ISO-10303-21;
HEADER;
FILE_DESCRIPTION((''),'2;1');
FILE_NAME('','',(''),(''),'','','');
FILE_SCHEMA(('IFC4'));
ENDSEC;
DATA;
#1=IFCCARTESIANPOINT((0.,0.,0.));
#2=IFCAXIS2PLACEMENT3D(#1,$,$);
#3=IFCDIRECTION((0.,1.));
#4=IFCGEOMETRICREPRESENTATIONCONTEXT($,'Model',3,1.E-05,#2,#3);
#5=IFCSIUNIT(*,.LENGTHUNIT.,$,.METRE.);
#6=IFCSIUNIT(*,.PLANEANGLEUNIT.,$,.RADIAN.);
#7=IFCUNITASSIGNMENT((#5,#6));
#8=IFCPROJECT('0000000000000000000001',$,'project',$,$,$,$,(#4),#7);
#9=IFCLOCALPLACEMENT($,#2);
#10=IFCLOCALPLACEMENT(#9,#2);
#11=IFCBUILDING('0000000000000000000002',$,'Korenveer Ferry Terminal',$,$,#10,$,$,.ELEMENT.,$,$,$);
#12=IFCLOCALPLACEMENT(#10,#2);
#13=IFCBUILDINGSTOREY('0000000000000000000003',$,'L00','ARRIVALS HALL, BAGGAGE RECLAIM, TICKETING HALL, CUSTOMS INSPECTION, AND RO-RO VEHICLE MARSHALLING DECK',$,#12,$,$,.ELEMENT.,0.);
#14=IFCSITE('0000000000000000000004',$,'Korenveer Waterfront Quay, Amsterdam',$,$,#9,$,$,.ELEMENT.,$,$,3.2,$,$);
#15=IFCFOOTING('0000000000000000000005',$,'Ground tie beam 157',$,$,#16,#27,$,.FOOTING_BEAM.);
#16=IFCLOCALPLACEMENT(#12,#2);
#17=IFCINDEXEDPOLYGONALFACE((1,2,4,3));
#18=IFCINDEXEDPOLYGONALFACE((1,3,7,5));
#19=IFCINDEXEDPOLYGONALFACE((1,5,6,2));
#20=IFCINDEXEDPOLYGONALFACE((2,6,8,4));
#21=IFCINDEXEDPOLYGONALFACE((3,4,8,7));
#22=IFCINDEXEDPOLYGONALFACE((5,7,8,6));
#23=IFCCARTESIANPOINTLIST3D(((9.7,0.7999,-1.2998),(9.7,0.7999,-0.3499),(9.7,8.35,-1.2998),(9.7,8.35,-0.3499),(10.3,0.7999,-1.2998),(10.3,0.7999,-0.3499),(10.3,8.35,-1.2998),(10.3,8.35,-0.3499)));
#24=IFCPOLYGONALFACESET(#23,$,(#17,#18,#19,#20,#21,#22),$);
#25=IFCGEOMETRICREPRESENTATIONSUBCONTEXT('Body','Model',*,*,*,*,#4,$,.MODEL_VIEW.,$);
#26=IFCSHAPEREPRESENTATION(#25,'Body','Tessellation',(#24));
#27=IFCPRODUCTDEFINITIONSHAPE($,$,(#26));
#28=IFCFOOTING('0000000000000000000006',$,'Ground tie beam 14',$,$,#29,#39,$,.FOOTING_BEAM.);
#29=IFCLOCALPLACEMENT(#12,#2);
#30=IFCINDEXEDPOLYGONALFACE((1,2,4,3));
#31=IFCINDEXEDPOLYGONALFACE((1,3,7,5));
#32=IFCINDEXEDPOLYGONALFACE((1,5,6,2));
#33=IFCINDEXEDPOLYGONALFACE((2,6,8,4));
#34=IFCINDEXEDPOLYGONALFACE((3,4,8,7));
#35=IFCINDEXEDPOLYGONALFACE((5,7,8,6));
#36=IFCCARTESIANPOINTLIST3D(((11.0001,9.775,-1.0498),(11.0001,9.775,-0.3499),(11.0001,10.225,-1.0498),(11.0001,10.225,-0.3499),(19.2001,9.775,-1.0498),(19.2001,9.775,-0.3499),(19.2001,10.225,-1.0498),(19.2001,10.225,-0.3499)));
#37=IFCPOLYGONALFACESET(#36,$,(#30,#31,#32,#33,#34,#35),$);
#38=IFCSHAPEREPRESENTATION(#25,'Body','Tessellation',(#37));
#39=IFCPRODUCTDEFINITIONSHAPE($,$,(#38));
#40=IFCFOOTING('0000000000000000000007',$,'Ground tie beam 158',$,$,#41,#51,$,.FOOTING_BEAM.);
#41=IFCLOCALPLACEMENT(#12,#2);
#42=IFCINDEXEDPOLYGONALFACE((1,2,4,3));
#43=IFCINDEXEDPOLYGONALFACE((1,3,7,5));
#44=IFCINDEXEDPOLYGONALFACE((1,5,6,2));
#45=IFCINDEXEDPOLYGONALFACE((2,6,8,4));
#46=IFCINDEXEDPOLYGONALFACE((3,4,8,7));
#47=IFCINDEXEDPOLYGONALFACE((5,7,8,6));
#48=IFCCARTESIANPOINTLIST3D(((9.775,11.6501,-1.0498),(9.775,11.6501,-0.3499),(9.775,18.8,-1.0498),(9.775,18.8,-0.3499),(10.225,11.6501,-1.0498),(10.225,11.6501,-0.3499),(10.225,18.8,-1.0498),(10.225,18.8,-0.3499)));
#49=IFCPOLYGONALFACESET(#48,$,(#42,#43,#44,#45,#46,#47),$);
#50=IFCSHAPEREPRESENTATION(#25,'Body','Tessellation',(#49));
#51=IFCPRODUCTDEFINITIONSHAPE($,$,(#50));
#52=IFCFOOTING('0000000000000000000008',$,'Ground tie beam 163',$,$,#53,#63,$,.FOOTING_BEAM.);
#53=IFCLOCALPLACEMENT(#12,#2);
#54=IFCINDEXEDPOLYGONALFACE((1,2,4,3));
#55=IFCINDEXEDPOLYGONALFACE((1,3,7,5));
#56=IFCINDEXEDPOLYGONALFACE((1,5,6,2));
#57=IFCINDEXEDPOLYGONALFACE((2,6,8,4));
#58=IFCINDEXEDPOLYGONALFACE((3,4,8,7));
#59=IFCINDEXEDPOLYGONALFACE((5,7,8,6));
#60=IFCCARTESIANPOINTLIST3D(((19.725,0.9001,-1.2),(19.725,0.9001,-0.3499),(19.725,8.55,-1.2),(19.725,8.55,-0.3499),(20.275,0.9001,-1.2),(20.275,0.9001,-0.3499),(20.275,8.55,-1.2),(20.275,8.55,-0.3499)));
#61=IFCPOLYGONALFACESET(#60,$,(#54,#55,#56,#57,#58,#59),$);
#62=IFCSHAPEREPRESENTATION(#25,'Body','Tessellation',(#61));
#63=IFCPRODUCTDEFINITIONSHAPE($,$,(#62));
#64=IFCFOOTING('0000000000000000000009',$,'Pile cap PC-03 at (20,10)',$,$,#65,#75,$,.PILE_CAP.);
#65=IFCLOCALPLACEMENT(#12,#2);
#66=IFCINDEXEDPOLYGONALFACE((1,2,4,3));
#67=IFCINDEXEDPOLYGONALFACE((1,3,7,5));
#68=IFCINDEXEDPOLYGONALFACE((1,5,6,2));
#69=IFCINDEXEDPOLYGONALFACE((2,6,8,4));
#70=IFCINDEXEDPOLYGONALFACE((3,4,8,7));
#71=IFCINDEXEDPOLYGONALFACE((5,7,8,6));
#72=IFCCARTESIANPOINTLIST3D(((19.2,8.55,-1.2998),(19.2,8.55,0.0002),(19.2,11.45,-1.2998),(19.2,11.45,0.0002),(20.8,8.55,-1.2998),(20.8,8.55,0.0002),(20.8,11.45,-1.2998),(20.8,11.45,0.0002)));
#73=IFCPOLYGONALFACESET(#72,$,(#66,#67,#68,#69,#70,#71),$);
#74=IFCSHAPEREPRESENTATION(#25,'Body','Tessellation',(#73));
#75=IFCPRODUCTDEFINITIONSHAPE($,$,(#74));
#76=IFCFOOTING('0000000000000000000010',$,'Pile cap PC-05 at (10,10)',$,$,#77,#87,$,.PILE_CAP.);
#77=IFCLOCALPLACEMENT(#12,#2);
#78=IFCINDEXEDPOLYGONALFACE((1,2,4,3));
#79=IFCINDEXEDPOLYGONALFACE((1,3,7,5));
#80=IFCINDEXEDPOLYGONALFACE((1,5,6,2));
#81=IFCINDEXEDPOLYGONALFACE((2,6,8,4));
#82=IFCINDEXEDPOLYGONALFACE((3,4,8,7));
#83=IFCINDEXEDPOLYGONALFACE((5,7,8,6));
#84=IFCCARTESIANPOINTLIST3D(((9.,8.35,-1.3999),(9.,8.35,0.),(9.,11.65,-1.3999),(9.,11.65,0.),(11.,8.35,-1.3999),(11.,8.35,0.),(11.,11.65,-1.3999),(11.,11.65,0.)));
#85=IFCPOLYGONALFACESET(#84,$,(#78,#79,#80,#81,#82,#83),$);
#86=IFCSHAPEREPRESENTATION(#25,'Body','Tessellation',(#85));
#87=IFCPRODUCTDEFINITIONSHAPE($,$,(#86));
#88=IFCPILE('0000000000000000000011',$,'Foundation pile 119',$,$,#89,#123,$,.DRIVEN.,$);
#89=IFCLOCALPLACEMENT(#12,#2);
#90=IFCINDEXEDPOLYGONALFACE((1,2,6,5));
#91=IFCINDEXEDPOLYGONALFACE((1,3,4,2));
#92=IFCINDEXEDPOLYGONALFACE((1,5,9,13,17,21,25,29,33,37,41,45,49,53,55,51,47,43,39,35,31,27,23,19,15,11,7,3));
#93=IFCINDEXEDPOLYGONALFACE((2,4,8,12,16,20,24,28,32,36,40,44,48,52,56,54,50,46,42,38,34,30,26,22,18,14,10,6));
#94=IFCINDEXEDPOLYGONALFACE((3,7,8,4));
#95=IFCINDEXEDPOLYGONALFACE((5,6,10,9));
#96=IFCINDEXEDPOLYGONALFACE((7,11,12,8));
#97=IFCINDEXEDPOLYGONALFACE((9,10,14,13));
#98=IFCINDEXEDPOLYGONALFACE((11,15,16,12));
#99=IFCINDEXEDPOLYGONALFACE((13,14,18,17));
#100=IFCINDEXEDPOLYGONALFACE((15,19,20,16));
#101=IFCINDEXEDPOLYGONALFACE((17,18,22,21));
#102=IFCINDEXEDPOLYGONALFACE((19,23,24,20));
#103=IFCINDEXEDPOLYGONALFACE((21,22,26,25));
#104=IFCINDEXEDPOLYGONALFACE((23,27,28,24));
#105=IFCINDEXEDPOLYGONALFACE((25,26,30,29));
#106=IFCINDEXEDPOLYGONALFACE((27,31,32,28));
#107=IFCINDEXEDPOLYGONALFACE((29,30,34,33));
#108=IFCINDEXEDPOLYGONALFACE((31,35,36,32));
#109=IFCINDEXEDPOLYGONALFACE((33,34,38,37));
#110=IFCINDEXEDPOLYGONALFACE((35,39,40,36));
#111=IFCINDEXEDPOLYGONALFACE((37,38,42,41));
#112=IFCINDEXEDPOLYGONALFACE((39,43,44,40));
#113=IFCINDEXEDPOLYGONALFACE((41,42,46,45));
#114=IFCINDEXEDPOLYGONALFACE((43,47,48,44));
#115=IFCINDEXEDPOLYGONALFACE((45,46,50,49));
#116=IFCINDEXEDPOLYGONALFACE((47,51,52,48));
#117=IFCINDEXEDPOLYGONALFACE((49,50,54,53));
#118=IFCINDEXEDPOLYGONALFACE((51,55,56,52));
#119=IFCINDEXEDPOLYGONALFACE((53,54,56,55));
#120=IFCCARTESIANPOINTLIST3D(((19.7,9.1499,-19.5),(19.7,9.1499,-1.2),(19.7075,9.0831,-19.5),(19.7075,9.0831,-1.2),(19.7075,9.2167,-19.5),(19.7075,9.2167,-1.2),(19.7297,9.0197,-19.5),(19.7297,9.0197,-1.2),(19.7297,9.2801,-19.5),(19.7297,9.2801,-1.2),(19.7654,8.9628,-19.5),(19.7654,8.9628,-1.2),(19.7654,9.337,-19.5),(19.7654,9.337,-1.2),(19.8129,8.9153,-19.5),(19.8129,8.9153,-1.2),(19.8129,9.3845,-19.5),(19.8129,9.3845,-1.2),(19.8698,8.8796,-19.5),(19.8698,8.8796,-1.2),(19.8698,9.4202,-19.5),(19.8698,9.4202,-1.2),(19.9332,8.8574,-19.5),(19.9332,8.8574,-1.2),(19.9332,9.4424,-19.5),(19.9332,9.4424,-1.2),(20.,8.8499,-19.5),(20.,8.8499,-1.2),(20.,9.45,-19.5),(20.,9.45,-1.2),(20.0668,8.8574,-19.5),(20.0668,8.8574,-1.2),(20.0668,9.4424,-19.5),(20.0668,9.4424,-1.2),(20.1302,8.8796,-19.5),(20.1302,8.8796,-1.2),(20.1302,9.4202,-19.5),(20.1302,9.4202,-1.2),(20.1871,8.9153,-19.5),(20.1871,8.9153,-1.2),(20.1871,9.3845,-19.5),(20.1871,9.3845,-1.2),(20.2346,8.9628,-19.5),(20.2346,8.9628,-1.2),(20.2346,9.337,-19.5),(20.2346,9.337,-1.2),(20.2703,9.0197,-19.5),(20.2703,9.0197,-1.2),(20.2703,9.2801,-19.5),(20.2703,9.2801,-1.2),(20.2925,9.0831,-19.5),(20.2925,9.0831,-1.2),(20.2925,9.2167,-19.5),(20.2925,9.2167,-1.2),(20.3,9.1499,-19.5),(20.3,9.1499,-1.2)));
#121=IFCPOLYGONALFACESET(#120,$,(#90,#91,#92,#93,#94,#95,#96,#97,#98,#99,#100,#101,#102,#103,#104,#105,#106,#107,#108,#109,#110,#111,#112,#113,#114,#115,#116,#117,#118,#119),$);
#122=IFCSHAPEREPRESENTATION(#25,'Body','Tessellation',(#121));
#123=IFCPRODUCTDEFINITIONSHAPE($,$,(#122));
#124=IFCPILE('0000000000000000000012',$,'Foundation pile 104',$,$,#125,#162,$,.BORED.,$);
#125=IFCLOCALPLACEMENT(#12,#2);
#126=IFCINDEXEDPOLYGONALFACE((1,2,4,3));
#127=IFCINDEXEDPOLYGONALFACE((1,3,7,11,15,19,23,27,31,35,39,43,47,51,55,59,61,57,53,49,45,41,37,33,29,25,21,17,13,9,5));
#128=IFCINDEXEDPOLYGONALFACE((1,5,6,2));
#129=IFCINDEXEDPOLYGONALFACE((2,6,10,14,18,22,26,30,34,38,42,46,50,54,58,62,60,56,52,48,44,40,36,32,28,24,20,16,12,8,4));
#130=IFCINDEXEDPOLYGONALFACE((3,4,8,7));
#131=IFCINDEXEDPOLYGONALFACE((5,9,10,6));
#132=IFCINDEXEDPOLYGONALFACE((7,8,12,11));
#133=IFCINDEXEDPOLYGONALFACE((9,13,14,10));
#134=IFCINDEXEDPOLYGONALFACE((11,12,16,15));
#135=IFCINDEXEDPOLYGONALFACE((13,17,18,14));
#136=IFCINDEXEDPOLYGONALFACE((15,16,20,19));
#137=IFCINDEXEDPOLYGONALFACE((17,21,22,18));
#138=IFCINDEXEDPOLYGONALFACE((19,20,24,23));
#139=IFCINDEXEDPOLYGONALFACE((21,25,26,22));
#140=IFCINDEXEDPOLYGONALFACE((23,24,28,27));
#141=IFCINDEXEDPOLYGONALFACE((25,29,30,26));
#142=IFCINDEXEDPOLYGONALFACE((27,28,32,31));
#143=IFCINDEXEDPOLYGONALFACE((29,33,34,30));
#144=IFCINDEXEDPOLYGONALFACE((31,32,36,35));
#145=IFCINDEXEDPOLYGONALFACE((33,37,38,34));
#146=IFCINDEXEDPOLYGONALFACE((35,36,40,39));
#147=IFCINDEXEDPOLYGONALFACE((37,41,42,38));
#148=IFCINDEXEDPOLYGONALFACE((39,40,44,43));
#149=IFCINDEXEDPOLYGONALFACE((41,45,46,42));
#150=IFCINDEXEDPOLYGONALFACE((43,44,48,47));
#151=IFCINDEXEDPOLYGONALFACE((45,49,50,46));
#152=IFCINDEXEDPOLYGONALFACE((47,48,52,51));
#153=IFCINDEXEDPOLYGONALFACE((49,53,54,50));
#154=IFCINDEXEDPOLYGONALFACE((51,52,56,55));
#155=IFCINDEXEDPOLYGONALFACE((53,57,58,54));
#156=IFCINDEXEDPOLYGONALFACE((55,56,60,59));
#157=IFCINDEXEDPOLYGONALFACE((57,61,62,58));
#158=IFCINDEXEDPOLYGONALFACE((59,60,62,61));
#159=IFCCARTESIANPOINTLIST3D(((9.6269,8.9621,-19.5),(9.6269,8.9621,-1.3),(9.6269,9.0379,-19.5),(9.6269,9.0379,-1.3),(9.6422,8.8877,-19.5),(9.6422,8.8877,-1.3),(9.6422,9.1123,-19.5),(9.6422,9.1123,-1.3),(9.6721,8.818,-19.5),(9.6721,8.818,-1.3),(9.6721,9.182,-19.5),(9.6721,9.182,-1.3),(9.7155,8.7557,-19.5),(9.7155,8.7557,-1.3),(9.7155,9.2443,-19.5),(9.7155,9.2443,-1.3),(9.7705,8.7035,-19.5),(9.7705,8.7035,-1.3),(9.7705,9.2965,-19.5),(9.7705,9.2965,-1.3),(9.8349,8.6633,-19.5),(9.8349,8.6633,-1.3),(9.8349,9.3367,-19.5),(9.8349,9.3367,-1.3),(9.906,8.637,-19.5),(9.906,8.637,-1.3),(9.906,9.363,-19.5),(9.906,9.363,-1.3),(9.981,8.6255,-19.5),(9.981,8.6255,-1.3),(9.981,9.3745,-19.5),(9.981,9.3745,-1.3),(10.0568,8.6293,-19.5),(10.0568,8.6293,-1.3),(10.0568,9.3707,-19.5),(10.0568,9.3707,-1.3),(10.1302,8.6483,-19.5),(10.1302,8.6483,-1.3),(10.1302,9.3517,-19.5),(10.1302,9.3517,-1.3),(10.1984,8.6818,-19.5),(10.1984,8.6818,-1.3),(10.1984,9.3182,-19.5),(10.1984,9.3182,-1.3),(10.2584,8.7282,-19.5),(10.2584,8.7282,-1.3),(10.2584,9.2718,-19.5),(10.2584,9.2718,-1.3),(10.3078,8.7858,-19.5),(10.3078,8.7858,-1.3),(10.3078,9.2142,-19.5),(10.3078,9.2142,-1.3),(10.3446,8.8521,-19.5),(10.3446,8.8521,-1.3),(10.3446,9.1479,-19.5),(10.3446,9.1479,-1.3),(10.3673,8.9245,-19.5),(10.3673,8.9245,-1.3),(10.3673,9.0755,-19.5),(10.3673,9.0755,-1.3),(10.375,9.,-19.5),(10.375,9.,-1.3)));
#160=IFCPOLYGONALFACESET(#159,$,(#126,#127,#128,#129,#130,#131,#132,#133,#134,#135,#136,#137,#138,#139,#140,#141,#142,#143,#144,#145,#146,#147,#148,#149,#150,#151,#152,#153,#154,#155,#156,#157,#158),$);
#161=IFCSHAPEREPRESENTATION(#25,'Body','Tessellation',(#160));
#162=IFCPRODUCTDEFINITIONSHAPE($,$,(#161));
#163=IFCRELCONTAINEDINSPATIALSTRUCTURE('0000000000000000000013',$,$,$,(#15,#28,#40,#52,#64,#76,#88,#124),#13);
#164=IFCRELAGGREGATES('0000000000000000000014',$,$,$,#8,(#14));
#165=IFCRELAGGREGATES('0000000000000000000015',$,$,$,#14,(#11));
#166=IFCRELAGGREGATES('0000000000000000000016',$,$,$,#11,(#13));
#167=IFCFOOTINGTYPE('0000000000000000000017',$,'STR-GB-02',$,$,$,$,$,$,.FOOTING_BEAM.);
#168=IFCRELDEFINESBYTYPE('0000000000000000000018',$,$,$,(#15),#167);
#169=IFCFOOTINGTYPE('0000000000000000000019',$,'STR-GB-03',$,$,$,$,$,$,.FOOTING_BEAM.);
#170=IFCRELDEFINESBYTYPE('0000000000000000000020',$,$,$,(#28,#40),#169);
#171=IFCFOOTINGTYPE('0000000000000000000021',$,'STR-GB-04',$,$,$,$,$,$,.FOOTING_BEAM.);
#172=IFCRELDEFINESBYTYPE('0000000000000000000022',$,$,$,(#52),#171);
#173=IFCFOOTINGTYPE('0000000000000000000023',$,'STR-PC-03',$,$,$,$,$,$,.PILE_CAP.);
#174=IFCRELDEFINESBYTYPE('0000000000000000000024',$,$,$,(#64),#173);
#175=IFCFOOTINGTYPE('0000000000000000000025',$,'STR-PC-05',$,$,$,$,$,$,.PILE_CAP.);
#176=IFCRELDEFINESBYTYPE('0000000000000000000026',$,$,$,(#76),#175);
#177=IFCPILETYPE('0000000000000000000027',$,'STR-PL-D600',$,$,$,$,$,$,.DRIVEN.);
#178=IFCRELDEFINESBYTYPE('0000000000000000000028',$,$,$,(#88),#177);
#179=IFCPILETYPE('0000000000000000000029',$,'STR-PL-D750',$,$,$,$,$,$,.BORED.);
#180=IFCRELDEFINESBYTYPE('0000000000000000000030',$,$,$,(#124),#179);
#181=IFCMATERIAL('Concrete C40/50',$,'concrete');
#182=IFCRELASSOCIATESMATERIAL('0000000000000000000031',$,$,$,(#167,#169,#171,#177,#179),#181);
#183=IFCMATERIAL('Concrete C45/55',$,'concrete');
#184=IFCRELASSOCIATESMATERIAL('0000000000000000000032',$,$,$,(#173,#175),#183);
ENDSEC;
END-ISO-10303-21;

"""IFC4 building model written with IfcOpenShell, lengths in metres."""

from ifc_helpers import new_model, si_unit, direction, frame, origin, origin_2d, place, context, subcontext, project, spatial, rectangle, circle, extrude, material, material_profile, profile_set, type_object, element, save


model = new_model("IFC4")

# Units and contexts
model_context = context("Model", 3, precision=1e-05, world=origin(), true_north=direction((0.0, 1.0)))
body_context = subcontext(model_context, "Body", "Model", "MODEL_VIEW")
ifc_project = project(units=[si_unit("LENGTHUNIT", "METRE"), si_unit("PLANEANGLEUNIT", "RADIAN")], contexts=[model_context])

# Site, building, storey
site_placement = place(None, origin())
site = spatial("IfcSite", under=ifc_project, at=site_placement, Name="Korenveer Waterfront Quay, Amsterdam", CompositionType="ELEMENT", RefElevation=3.2)
building_placement = place(site_placement, origin())
building = spatial("IfcBuilding", under=site, at=building_placement, Name="Korenveer Ferry Terminal", CompositionType="ELEMENT")
storey_placement = place(building_placement, origin())
storey = spatial("IfcBuildingStorey", under=building, at=storey_placement, Name="L00", Description="ARRIVALS HALL, BAGGAGE RECLAIM, TICKETING HALL, CUSTOMS INSPECTION, AND RO-RO VEHICLE MARSHALLING DECK", CompositionType="ELEMENT", Elevation=0.0)

# Footings
ifc_material_1 = material(Name="Concrete C40/50", Category="concrete")
footing_type_1 = type_object("IfcFootingType", Name="STR-GB-02", PredefinedType="FOOTING_BEAM", material=ifc_material_1)
footing_1_placement = place(storey_placement, frame((10.0, 4.575, -1.2998), z_axis=(0.0, 0.0, 1.0), x_axis=(1.0, 0.0, 0.0)))
element("IfcFooting", 1, at=footing_1_placement, inside=storey, type_object=footing_type_1, Name="Ground tie beam 157", PredefinedType="FOOTING_BEAM", context=body_context, shape_type="SweptSolid", body=[
    extrude(rectangle(XDim=0.6001, YDim=7.55, at=origin_2d()), origin(), (0.0, 0.0, 1.0), 0.95),
])
footing_type_2 = type_object("IfcFootingType", Name="STR-GB-03", PredefinedType="FOOTING_BEAM", material=ifc_material_1)
footing_2_placement = place(storey_placement, frame((15.1001, 10.0, -1.0498), z_axis=(0.0, 0.0, 1.0), x_axis=(1.0, 0.0, 0.0)))
element("IfcFooting", 2, at=footing_2_placement, inside=storey, type_object=footing_type_2, Name="Ground tie beam 14", PredefinedType="FOOTING_BEAM", context=body_context, shape_type="SweptSolid", body=[
    extrude(rectangle(XDim=8.2, YDim=0.45, at=origin_2d()), origin(), (0.0, 0.0, 1.0), 0.7),
])
footing_3_placement = place(storey_placement, frame((10.0, 15.2251, -1.0498), z_axis=(0.0, 0.0, 1.0), x_axis=(1.0, 0.0, 0.0)))
element("IfcFooting", 3, at=footing_3_placement, inside=storey, type_object=footing_type_2, Name="Ground tie beam 158", PredefinedType="FOOTING_BEAM", context=body_context, shape_type="SweptSolid", body=[
    extrude(rectangle(XDim=0.45, YDim=7.1499, at=origin_2d()), origin(), (0.0, 0.0, 1.0), 0.7),
])
footing_type_3 = type_object("IfcFootingType", Name="STR-GB-04", PredefinedType="FOOTING_BEAM", material=ifc_material_1)
footing_4_placement = place(storey_placement, frame((20.0, 4.7251, -1.2), z_axis=(0.0, 0.0, 1.0), x_axis=(1.0, 0.0, 0.0)))
element("IfcFooting", 4, at=footing_4_placement, inside=storey, type_object=footing_type_3, Name="Ground tie beam 163", PredefinedType="FOOTING_BEAM", context=body_context, shape_type="SweptSolid", body=[
    extrude(rectangle(XDim=0.55, YDim=7.6499, at=origin_2d()), origin(), (0.0, 0.0, 1.0), 0.8501),
])
ifc_material_2 = material(Name="Concrete C45/55", Category="concrete")
footing_type_4 = type_object("IfcFootingType", Name="STR-PC-03", PredefinedType="PILE_CAP", material=ifc_material_2)
footing_5_placement = place(storey_placement, frame((20.0, 10.0, -1.2998), z_axis=(0.0, 0.0, 1.0), x_axis=(1.0, 0.0, 0.0)))
element("IfcFooting", 5, at=footing_5_placement, inside=storey, type_object=footing_type_4, Name="Pile cap PC-03 at (20,10)", PredefinedType="PILE_CAP", context=body_context, shape_type="SweptSolid", body=[
    extrude(rectangle(XDim=1.6001, YDim=2.8999, at=origin_2d()), origin(), (0.0, 0.0, 1.0), 1.3),
])
footing_type_5 = type_object("IfcFootingType", Name="STR-PC-05", PredefinedType="PILE_CAP", material=ifc_material_2)
footing_6_placement = place(storey_placement, frame((10.0, 10.0, -1.3999), z_axis=(0.0, 0.0, 1.0), x_axis=(1.0, 0.0, 0.0)))
element("IfcFooting", 6, at=footing_6_placement, inside=storey, type_object=footing_type_5, Name="Pile cap PC-05 at (10,10)", PredefinedType="PILE_CAP", context=body_context, shape_type="SweptSolid", body=[
    extrude(rectangle(XDim=2.0, YDim=3.3, at=origin_2d()), origin(), (0.0, 0.0, 1.0), 1.3999),
])

# Piles
ifc_material_profile_1 = material_profile(ifc_material_1, circle(Radius=0.3, at=origin_2d()), Name="PILE D600")
ifc_profile_set_1 = profile_set([ifc_material_profile_1], Name="Concrete C40/50")
pile_type_1 = type_object("IfcPileType", Name="STR-PL-D600", PredefinedType="DRIVEN", material=ifc_profile_set_1)
pile_placement = place(storey_placement, frame((20.0, 9.1499, -1.2), z_axis=(0.0, 0.0, -1.0), x_axis=(1.0, 0.0, 0.0)))
element("IfcPile", 7, at=pile_placement, inside=storey, type_object=pile_type_1, Name="Foundation pile 119", PredefinedType="DRIVEN", context=body_context, shape_type="SweptSolid", body=[
    extrude(circle(Radius=0.3, at=origin_2d()), origin(), (0.0, 0.0, 1.0), 18.3),
])
ifc_material_profile_2 = material_profile(ifc_material_1, circle(Radius=0.375, at=origin_2d()), Name="PILE D750")
ifc_profile_set_2 = profile_set([ifc_material_profile_2], Name="Concrete C40/50")
pile_type_2 = type_object("IfcPileType", Name="STR-PL-D750", PredefinedType="BORED", material=ifc_profile_set_2)
for number, where, z_axis, x_axis, name in (
    (8, (10.0, 9.0, -1.3), (0.0, 0.0, -1.0), (1.0, 0.0, 0.0), "Foundation pile 104"),
):
    element("IfcPile", number, at=place(storey_placement, frame(where, z_axis=z_axis, x_axis=x_axis)), inside=storey, type_object=pile_type_2, Name=name, PredefinedType="BORED", context=body_context, shape_type="SweptSolid", body=[
        extrude(circle(Radius=0.375, at=origin_2d()), origin(), (0.0, 0.0, 1.0), 18.2),
    ])

save(model, "model.ifc")
